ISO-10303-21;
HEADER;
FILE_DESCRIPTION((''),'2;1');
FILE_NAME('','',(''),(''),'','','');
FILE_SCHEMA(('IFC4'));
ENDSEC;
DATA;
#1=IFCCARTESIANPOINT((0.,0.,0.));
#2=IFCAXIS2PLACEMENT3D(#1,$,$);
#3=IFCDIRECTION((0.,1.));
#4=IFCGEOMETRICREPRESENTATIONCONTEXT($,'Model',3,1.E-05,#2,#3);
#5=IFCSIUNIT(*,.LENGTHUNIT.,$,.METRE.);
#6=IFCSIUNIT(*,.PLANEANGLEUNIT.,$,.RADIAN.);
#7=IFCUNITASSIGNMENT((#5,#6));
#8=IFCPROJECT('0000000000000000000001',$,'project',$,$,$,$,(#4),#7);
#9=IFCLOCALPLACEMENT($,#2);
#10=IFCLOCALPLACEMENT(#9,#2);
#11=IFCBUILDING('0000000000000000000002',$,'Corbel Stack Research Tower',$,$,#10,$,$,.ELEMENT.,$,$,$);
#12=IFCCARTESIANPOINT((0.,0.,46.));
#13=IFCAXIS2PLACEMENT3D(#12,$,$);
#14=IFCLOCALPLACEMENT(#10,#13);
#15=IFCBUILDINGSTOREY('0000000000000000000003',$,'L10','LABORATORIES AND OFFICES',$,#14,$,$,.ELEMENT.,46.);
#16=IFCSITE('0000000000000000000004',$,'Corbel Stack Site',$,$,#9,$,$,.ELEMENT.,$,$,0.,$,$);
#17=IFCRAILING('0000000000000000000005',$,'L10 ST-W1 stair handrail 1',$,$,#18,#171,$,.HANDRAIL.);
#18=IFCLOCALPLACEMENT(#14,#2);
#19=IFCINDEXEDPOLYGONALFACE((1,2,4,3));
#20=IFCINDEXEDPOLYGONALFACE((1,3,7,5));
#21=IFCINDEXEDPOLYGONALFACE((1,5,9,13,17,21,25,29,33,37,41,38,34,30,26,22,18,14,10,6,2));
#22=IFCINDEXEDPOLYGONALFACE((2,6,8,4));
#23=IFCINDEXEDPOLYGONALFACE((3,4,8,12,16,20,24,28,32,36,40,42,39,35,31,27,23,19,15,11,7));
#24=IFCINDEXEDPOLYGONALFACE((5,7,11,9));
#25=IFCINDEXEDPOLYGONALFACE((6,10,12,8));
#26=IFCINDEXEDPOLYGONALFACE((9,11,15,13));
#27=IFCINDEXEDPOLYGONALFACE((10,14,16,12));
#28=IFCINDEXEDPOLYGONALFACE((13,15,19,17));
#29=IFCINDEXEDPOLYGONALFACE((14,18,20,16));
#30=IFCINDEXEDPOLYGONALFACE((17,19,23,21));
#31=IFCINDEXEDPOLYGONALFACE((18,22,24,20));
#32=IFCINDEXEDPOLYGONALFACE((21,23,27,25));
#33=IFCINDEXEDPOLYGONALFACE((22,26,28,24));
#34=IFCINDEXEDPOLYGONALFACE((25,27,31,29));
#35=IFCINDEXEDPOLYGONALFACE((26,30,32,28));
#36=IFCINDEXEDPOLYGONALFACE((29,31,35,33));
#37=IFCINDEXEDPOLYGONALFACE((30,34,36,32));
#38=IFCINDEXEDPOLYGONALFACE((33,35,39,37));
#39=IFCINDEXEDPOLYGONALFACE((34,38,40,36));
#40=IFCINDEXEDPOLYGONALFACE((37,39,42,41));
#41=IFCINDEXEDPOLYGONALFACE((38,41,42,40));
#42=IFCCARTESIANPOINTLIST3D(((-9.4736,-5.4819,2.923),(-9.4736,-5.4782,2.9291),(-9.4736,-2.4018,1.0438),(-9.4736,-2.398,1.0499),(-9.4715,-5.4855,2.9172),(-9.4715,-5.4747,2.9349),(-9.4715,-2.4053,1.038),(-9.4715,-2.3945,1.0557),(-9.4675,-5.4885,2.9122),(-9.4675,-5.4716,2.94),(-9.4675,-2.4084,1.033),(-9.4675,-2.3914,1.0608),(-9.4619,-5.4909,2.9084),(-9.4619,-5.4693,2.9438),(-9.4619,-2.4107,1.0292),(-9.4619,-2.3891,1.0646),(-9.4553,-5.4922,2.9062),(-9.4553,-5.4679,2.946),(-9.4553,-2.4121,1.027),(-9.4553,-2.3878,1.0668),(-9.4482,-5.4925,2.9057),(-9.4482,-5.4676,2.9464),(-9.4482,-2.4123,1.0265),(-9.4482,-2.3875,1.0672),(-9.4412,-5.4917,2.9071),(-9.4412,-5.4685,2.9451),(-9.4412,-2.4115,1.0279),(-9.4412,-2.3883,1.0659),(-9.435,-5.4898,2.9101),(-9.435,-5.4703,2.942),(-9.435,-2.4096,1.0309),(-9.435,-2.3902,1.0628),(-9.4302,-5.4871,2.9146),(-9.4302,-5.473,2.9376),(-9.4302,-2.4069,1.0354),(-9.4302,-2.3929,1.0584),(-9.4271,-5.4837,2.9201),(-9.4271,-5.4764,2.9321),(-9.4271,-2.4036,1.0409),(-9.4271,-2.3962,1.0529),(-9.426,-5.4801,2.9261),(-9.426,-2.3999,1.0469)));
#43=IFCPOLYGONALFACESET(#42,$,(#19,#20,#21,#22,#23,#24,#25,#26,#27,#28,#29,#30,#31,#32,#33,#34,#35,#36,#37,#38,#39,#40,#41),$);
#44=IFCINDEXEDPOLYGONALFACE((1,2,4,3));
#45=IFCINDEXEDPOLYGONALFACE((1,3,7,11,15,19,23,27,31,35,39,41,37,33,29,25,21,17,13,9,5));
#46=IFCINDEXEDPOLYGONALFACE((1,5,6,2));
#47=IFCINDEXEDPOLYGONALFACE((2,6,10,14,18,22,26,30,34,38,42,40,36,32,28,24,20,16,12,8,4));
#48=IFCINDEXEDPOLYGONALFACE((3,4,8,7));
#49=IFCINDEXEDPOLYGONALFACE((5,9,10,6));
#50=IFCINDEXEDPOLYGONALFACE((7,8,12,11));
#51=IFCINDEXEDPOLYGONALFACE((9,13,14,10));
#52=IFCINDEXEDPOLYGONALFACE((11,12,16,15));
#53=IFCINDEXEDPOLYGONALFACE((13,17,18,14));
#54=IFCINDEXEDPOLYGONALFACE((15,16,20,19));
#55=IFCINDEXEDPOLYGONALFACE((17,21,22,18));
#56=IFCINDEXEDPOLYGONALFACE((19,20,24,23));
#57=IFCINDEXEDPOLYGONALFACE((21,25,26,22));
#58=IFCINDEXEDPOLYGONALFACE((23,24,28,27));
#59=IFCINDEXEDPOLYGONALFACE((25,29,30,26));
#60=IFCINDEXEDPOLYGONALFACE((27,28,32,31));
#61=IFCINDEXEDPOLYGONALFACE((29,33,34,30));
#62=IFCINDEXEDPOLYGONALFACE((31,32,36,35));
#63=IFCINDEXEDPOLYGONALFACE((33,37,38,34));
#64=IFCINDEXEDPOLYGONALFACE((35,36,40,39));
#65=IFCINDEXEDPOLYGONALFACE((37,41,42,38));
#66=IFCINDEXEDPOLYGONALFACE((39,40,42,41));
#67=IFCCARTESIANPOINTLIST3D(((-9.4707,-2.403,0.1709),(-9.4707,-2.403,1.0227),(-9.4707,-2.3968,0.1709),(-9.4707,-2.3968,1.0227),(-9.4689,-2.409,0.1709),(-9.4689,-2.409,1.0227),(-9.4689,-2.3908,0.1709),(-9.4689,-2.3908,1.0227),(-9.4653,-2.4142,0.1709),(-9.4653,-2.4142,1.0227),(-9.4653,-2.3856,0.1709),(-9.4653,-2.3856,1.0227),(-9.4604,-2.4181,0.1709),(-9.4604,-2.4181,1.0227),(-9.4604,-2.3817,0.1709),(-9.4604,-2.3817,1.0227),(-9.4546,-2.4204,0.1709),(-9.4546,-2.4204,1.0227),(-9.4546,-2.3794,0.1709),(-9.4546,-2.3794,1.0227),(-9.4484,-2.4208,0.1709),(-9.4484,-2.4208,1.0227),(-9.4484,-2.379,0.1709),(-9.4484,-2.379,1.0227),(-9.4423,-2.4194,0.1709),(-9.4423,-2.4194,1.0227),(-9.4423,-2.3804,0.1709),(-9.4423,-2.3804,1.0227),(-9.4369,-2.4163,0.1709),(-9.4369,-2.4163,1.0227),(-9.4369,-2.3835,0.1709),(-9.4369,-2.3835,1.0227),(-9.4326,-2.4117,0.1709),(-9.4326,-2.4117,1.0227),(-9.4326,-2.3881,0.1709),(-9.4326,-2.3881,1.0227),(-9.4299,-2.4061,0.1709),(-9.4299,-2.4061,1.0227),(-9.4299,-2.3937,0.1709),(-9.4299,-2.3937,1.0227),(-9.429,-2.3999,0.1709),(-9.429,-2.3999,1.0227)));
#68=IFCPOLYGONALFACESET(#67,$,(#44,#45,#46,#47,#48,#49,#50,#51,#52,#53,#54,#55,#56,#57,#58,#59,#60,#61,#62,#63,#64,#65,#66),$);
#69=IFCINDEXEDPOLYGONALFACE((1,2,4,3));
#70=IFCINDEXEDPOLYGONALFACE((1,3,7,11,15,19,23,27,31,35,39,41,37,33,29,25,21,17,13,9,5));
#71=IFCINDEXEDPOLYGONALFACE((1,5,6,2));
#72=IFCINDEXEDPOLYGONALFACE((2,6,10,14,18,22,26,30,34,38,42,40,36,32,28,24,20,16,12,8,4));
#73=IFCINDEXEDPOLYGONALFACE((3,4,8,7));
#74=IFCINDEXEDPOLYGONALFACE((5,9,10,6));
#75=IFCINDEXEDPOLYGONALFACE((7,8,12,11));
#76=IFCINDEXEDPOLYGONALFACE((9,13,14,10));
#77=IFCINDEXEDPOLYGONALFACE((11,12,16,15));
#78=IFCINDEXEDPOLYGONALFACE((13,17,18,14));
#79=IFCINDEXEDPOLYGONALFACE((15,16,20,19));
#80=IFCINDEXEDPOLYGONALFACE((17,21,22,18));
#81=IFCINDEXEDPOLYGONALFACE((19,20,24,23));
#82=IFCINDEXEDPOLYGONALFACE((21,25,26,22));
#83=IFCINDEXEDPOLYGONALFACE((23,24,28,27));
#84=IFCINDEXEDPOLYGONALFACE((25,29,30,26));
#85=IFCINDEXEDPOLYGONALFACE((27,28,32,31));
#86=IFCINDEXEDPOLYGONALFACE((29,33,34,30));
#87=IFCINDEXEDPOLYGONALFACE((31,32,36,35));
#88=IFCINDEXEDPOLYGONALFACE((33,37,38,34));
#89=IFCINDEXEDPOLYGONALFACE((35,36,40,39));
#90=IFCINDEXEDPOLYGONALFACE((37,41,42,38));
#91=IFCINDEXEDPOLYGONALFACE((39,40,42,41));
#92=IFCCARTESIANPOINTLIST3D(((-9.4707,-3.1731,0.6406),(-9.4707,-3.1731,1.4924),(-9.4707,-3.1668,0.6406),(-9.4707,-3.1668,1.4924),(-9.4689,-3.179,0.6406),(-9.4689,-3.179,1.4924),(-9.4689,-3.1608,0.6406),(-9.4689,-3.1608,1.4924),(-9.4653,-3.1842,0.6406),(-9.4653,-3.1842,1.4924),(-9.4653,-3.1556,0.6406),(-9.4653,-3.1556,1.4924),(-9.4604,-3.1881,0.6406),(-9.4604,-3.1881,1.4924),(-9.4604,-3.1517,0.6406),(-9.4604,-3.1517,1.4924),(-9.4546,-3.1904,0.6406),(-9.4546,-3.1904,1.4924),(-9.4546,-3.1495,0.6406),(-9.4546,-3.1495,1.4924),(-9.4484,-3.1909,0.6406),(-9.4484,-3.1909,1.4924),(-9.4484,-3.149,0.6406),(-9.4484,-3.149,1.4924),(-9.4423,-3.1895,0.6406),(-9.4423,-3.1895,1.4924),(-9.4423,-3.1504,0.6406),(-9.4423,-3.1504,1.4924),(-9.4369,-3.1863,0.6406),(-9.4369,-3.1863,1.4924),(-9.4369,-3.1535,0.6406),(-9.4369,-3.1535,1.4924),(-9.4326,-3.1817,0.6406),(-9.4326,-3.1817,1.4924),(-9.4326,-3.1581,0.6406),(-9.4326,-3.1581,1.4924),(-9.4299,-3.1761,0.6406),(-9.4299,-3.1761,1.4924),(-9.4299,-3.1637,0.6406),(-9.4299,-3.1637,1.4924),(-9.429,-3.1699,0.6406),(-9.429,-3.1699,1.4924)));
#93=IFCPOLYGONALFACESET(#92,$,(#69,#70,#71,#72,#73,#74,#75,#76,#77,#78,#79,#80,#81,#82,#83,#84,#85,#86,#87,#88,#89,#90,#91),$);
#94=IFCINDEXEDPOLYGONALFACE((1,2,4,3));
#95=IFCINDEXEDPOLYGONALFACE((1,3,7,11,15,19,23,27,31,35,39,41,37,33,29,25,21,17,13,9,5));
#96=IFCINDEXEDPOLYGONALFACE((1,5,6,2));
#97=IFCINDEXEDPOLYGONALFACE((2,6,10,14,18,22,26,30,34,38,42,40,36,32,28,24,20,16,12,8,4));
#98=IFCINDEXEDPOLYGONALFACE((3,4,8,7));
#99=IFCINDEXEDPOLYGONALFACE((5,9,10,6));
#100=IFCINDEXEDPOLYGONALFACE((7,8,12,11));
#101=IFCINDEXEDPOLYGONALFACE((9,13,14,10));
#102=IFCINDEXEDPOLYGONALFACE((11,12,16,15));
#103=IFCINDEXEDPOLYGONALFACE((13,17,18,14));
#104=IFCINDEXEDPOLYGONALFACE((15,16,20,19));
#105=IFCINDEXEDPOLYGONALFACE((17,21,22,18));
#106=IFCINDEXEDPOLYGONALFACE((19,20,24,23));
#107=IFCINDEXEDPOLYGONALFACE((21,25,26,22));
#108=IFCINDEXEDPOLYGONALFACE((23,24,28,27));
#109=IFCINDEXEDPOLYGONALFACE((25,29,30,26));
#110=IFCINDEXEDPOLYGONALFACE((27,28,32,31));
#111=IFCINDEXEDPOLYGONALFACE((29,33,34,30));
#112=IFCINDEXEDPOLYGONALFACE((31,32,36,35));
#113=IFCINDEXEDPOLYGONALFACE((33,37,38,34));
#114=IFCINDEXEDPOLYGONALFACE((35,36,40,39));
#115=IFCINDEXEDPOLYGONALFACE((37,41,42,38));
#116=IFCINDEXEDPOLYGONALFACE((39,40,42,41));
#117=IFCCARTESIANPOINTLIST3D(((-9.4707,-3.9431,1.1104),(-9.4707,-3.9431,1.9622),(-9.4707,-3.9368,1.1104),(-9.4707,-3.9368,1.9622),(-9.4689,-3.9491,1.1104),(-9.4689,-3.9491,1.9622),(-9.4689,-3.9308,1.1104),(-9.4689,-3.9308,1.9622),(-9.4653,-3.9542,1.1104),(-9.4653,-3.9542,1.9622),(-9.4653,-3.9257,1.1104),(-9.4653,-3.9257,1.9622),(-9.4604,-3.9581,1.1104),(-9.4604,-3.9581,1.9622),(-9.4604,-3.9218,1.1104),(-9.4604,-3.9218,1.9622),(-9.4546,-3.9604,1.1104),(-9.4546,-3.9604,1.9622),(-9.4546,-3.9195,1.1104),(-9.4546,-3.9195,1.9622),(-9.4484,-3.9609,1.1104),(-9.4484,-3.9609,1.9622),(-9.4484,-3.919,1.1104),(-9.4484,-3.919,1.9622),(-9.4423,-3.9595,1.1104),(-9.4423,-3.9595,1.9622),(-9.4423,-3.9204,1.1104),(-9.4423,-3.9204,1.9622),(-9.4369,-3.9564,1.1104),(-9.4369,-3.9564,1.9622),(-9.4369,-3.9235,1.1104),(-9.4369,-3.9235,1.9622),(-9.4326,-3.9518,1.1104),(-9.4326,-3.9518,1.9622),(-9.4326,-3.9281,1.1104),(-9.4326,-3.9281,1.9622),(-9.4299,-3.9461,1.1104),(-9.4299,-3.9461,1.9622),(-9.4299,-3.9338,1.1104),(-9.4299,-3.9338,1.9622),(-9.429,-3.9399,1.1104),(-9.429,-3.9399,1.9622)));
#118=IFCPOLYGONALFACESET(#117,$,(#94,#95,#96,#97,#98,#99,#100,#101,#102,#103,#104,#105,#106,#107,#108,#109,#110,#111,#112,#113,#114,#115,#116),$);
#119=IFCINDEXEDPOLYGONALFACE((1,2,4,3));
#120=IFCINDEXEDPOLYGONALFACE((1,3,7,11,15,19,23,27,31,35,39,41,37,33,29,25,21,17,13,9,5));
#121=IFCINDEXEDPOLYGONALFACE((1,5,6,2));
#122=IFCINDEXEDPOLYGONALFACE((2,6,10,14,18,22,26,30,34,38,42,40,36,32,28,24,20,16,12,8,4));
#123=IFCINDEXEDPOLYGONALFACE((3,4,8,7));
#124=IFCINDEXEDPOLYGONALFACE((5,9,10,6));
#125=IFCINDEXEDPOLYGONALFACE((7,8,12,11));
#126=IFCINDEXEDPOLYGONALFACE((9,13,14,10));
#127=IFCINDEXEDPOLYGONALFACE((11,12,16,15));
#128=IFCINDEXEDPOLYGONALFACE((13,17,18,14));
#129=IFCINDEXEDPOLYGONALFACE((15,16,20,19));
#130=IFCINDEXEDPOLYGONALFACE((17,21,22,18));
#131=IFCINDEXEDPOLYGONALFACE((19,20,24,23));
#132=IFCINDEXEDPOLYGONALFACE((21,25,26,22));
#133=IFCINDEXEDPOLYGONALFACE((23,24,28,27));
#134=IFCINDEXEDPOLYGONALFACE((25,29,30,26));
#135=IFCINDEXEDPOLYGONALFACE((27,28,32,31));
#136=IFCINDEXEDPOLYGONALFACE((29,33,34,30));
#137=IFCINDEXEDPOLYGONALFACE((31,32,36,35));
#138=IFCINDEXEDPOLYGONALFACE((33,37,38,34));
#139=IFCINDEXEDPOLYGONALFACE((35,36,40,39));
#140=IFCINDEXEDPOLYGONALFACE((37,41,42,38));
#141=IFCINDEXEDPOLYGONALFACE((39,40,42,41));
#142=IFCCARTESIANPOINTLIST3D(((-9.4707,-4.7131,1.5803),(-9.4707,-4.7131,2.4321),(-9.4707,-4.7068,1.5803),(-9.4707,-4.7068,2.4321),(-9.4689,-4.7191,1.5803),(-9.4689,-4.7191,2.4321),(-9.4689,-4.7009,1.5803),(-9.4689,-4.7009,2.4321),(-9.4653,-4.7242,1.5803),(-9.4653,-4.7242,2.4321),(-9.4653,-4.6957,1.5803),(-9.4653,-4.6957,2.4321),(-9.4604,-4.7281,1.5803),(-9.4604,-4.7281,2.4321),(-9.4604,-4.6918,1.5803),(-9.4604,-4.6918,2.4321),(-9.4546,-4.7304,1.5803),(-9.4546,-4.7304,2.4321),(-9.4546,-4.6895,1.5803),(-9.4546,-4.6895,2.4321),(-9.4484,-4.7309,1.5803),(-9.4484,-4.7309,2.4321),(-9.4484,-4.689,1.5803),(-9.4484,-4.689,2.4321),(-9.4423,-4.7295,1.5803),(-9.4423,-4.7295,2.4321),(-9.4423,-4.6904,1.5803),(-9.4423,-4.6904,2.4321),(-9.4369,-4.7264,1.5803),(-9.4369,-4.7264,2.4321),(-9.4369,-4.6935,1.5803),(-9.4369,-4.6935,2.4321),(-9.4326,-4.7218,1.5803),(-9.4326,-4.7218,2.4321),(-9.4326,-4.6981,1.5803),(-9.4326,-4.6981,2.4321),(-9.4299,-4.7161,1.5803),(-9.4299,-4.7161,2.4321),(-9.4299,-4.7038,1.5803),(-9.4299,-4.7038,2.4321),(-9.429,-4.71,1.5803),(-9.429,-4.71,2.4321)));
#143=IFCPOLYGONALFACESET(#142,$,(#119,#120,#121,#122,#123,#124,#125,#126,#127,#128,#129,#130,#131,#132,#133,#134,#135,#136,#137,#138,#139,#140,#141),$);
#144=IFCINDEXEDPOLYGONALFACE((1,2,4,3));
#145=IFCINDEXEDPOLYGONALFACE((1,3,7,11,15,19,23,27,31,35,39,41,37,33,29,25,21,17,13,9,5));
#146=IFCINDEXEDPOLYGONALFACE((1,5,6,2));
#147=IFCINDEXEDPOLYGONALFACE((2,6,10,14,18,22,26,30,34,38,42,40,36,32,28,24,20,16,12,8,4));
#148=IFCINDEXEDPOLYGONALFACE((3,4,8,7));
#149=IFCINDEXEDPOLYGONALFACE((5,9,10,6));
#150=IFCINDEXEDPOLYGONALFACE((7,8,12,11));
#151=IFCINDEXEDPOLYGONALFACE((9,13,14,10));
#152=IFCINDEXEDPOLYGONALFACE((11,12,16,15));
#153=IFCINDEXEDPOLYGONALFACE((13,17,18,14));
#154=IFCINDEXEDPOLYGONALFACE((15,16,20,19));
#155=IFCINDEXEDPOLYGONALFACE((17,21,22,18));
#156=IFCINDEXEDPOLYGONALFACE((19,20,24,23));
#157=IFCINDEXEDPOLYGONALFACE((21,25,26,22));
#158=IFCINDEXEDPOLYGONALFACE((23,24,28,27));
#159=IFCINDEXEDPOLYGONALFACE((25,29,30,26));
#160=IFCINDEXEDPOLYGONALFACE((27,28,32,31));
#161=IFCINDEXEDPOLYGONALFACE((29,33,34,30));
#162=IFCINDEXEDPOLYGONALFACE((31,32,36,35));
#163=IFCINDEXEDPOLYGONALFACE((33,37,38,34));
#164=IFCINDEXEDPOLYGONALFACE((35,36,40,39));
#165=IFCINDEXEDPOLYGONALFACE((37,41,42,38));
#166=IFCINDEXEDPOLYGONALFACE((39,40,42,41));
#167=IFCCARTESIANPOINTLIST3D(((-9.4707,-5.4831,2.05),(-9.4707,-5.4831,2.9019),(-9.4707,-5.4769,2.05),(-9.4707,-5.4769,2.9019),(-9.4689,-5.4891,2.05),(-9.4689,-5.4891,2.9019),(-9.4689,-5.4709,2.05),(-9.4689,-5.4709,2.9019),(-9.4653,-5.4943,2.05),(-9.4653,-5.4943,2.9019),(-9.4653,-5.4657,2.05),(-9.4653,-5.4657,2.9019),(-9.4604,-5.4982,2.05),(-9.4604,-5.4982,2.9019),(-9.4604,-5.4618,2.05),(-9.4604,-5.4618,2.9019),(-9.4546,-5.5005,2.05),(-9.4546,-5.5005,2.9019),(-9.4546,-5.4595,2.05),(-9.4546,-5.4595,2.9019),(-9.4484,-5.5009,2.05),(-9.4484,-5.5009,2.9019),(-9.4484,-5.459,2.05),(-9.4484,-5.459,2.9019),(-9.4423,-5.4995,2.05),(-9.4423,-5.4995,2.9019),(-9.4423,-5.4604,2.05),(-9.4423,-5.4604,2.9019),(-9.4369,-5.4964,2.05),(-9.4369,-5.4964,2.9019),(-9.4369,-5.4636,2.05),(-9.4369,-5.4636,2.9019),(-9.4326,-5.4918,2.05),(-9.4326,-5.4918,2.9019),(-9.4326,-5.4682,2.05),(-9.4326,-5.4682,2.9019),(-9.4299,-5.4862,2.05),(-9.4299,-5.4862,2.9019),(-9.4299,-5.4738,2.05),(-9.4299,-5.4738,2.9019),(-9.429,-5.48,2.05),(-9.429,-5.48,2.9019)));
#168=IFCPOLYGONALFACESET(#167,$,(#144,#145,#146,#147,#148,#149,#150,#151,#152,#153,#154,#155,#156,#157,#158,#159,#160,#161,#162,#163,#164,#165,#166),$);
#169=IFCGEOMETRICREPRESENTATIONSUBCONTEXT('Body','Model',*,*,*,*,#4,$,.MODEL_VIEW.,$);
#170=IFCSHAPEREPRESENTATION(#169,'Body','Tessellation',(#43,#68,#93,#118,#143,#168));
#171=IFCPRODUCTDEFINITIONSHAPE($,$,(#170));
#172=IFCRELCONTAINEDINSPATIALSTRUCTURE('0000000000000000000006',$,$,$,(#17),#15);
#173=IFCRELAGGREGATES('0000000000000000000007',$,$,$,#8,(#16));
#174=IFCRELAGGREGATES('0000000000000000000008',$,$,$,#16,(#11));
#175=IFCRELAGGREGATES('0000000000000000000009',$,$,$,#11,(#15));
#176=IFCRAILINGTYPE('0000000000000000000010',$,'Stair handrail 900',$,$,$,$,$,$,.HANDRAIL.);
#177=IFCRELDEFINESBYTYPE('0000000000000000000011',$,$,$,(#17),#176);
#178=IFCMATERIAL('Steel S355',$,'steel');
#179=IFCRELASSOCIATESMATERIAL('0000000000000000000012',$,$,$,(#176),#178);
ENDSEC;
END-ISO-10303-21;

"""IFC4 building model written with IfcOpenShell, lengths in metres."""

from ifc_helpers import new_model, si_unit, direction, frame, origin, origin_2d, place, context, subcontext, project, spatial, circle, extrude, material, type_object, element, save


model = new_model("IFC4")

# Units and contexts
model_context = context("Model", 3, precision=1e-05, world=origin(), true_north=direction((0.0, 1.0)))
body_context = subcontext(model_context, "Body", "Model", "MODEL_VIEW")
ifc_project = project(units=[si_unit("LENGTHUNIT", "METRE"), si_unit("PLANEANGLEUNIT", "RADIAN")], contexts=[model_context])

# Site, building, storey
site_placement = place(None, origin())
site = spatial("IfcSite", under=ifc_project, at=site_placement, Name="Corbel Stack Site", CompositionType="ELEMENT", RefElevation=0.0)
building_placement = place(site_placement, origin())
building = spatial("IfcBuilding", under=site, at=building_placement, Name="Corbel Stack Research Tower", CompositionType="ELEMENT")
storey_placement = place(building_placement, frame((0.0, 0.0, 46.0)))
storey = spatial("IfcBuildingStorey", under=building, at=storey_placement, Name="L10", Description="LABORATORIES AND OFFICES", CompositionType="ELEMENT", Elevation=46.0)

# Railing
ifc_material_1 = material(Name="Steel S355", Category="steel")
railing_type_1 = type_object("IfcRailingType", Name="Stair handrail 900", PredefinedType="HANDRAIL", material=ifc_material_1)
railing_1_placement = place(storey_placement, frame((-9.45, -2.3999, 0.1709)))
element("IfcRailing", 1, at=railing_1_placement, inside=storey, type_object=railing_type_1, Name="L10 ST-W1 stair handrail 1", PredefinedType="HANDRAIL", context=body_context, shape_type="SweptSolid", body=[
    extrude(circle(Radius=0.0239, at=origin_2d()), frame((0.0, 0.0, 0.876), z_axis=(0.0, -0.853666, 0.52082), x_axis=(1.0, 0.0, 0.0)), (0.0, 0.0, 1.0), 3.6082),
    extrude(circle(Radius=0.021, at=origin_2d()), origin(), (0.0, 0.0, 1.0), 0.8518),
    extrude(circle(Radius=0.021, at=origin_2d()), frame((0.0, -0.77, 0.4697)), (0.0, 0.0, 1.0), 0.8518),
    extrude(circle(Radius=0.021, at=origin_2d()), frame((0.0, -1.54, 0.9395)), (0.0, 0.0, 1.0), 0.8518),
    extrude(circle(Radius=0.021, at=origin_2d()), frame((0.0, -2.3101, 1.4094)), (0.0, 0.0, 1.0), 0.8518),
    extrude(circle(Radius=0.021, at=origin_2d()), frame((0.0, -3.0801, 1.8792)), (0.0, 0.0, 1.0), 0.8518),
])

save(model, "model.ifc")
